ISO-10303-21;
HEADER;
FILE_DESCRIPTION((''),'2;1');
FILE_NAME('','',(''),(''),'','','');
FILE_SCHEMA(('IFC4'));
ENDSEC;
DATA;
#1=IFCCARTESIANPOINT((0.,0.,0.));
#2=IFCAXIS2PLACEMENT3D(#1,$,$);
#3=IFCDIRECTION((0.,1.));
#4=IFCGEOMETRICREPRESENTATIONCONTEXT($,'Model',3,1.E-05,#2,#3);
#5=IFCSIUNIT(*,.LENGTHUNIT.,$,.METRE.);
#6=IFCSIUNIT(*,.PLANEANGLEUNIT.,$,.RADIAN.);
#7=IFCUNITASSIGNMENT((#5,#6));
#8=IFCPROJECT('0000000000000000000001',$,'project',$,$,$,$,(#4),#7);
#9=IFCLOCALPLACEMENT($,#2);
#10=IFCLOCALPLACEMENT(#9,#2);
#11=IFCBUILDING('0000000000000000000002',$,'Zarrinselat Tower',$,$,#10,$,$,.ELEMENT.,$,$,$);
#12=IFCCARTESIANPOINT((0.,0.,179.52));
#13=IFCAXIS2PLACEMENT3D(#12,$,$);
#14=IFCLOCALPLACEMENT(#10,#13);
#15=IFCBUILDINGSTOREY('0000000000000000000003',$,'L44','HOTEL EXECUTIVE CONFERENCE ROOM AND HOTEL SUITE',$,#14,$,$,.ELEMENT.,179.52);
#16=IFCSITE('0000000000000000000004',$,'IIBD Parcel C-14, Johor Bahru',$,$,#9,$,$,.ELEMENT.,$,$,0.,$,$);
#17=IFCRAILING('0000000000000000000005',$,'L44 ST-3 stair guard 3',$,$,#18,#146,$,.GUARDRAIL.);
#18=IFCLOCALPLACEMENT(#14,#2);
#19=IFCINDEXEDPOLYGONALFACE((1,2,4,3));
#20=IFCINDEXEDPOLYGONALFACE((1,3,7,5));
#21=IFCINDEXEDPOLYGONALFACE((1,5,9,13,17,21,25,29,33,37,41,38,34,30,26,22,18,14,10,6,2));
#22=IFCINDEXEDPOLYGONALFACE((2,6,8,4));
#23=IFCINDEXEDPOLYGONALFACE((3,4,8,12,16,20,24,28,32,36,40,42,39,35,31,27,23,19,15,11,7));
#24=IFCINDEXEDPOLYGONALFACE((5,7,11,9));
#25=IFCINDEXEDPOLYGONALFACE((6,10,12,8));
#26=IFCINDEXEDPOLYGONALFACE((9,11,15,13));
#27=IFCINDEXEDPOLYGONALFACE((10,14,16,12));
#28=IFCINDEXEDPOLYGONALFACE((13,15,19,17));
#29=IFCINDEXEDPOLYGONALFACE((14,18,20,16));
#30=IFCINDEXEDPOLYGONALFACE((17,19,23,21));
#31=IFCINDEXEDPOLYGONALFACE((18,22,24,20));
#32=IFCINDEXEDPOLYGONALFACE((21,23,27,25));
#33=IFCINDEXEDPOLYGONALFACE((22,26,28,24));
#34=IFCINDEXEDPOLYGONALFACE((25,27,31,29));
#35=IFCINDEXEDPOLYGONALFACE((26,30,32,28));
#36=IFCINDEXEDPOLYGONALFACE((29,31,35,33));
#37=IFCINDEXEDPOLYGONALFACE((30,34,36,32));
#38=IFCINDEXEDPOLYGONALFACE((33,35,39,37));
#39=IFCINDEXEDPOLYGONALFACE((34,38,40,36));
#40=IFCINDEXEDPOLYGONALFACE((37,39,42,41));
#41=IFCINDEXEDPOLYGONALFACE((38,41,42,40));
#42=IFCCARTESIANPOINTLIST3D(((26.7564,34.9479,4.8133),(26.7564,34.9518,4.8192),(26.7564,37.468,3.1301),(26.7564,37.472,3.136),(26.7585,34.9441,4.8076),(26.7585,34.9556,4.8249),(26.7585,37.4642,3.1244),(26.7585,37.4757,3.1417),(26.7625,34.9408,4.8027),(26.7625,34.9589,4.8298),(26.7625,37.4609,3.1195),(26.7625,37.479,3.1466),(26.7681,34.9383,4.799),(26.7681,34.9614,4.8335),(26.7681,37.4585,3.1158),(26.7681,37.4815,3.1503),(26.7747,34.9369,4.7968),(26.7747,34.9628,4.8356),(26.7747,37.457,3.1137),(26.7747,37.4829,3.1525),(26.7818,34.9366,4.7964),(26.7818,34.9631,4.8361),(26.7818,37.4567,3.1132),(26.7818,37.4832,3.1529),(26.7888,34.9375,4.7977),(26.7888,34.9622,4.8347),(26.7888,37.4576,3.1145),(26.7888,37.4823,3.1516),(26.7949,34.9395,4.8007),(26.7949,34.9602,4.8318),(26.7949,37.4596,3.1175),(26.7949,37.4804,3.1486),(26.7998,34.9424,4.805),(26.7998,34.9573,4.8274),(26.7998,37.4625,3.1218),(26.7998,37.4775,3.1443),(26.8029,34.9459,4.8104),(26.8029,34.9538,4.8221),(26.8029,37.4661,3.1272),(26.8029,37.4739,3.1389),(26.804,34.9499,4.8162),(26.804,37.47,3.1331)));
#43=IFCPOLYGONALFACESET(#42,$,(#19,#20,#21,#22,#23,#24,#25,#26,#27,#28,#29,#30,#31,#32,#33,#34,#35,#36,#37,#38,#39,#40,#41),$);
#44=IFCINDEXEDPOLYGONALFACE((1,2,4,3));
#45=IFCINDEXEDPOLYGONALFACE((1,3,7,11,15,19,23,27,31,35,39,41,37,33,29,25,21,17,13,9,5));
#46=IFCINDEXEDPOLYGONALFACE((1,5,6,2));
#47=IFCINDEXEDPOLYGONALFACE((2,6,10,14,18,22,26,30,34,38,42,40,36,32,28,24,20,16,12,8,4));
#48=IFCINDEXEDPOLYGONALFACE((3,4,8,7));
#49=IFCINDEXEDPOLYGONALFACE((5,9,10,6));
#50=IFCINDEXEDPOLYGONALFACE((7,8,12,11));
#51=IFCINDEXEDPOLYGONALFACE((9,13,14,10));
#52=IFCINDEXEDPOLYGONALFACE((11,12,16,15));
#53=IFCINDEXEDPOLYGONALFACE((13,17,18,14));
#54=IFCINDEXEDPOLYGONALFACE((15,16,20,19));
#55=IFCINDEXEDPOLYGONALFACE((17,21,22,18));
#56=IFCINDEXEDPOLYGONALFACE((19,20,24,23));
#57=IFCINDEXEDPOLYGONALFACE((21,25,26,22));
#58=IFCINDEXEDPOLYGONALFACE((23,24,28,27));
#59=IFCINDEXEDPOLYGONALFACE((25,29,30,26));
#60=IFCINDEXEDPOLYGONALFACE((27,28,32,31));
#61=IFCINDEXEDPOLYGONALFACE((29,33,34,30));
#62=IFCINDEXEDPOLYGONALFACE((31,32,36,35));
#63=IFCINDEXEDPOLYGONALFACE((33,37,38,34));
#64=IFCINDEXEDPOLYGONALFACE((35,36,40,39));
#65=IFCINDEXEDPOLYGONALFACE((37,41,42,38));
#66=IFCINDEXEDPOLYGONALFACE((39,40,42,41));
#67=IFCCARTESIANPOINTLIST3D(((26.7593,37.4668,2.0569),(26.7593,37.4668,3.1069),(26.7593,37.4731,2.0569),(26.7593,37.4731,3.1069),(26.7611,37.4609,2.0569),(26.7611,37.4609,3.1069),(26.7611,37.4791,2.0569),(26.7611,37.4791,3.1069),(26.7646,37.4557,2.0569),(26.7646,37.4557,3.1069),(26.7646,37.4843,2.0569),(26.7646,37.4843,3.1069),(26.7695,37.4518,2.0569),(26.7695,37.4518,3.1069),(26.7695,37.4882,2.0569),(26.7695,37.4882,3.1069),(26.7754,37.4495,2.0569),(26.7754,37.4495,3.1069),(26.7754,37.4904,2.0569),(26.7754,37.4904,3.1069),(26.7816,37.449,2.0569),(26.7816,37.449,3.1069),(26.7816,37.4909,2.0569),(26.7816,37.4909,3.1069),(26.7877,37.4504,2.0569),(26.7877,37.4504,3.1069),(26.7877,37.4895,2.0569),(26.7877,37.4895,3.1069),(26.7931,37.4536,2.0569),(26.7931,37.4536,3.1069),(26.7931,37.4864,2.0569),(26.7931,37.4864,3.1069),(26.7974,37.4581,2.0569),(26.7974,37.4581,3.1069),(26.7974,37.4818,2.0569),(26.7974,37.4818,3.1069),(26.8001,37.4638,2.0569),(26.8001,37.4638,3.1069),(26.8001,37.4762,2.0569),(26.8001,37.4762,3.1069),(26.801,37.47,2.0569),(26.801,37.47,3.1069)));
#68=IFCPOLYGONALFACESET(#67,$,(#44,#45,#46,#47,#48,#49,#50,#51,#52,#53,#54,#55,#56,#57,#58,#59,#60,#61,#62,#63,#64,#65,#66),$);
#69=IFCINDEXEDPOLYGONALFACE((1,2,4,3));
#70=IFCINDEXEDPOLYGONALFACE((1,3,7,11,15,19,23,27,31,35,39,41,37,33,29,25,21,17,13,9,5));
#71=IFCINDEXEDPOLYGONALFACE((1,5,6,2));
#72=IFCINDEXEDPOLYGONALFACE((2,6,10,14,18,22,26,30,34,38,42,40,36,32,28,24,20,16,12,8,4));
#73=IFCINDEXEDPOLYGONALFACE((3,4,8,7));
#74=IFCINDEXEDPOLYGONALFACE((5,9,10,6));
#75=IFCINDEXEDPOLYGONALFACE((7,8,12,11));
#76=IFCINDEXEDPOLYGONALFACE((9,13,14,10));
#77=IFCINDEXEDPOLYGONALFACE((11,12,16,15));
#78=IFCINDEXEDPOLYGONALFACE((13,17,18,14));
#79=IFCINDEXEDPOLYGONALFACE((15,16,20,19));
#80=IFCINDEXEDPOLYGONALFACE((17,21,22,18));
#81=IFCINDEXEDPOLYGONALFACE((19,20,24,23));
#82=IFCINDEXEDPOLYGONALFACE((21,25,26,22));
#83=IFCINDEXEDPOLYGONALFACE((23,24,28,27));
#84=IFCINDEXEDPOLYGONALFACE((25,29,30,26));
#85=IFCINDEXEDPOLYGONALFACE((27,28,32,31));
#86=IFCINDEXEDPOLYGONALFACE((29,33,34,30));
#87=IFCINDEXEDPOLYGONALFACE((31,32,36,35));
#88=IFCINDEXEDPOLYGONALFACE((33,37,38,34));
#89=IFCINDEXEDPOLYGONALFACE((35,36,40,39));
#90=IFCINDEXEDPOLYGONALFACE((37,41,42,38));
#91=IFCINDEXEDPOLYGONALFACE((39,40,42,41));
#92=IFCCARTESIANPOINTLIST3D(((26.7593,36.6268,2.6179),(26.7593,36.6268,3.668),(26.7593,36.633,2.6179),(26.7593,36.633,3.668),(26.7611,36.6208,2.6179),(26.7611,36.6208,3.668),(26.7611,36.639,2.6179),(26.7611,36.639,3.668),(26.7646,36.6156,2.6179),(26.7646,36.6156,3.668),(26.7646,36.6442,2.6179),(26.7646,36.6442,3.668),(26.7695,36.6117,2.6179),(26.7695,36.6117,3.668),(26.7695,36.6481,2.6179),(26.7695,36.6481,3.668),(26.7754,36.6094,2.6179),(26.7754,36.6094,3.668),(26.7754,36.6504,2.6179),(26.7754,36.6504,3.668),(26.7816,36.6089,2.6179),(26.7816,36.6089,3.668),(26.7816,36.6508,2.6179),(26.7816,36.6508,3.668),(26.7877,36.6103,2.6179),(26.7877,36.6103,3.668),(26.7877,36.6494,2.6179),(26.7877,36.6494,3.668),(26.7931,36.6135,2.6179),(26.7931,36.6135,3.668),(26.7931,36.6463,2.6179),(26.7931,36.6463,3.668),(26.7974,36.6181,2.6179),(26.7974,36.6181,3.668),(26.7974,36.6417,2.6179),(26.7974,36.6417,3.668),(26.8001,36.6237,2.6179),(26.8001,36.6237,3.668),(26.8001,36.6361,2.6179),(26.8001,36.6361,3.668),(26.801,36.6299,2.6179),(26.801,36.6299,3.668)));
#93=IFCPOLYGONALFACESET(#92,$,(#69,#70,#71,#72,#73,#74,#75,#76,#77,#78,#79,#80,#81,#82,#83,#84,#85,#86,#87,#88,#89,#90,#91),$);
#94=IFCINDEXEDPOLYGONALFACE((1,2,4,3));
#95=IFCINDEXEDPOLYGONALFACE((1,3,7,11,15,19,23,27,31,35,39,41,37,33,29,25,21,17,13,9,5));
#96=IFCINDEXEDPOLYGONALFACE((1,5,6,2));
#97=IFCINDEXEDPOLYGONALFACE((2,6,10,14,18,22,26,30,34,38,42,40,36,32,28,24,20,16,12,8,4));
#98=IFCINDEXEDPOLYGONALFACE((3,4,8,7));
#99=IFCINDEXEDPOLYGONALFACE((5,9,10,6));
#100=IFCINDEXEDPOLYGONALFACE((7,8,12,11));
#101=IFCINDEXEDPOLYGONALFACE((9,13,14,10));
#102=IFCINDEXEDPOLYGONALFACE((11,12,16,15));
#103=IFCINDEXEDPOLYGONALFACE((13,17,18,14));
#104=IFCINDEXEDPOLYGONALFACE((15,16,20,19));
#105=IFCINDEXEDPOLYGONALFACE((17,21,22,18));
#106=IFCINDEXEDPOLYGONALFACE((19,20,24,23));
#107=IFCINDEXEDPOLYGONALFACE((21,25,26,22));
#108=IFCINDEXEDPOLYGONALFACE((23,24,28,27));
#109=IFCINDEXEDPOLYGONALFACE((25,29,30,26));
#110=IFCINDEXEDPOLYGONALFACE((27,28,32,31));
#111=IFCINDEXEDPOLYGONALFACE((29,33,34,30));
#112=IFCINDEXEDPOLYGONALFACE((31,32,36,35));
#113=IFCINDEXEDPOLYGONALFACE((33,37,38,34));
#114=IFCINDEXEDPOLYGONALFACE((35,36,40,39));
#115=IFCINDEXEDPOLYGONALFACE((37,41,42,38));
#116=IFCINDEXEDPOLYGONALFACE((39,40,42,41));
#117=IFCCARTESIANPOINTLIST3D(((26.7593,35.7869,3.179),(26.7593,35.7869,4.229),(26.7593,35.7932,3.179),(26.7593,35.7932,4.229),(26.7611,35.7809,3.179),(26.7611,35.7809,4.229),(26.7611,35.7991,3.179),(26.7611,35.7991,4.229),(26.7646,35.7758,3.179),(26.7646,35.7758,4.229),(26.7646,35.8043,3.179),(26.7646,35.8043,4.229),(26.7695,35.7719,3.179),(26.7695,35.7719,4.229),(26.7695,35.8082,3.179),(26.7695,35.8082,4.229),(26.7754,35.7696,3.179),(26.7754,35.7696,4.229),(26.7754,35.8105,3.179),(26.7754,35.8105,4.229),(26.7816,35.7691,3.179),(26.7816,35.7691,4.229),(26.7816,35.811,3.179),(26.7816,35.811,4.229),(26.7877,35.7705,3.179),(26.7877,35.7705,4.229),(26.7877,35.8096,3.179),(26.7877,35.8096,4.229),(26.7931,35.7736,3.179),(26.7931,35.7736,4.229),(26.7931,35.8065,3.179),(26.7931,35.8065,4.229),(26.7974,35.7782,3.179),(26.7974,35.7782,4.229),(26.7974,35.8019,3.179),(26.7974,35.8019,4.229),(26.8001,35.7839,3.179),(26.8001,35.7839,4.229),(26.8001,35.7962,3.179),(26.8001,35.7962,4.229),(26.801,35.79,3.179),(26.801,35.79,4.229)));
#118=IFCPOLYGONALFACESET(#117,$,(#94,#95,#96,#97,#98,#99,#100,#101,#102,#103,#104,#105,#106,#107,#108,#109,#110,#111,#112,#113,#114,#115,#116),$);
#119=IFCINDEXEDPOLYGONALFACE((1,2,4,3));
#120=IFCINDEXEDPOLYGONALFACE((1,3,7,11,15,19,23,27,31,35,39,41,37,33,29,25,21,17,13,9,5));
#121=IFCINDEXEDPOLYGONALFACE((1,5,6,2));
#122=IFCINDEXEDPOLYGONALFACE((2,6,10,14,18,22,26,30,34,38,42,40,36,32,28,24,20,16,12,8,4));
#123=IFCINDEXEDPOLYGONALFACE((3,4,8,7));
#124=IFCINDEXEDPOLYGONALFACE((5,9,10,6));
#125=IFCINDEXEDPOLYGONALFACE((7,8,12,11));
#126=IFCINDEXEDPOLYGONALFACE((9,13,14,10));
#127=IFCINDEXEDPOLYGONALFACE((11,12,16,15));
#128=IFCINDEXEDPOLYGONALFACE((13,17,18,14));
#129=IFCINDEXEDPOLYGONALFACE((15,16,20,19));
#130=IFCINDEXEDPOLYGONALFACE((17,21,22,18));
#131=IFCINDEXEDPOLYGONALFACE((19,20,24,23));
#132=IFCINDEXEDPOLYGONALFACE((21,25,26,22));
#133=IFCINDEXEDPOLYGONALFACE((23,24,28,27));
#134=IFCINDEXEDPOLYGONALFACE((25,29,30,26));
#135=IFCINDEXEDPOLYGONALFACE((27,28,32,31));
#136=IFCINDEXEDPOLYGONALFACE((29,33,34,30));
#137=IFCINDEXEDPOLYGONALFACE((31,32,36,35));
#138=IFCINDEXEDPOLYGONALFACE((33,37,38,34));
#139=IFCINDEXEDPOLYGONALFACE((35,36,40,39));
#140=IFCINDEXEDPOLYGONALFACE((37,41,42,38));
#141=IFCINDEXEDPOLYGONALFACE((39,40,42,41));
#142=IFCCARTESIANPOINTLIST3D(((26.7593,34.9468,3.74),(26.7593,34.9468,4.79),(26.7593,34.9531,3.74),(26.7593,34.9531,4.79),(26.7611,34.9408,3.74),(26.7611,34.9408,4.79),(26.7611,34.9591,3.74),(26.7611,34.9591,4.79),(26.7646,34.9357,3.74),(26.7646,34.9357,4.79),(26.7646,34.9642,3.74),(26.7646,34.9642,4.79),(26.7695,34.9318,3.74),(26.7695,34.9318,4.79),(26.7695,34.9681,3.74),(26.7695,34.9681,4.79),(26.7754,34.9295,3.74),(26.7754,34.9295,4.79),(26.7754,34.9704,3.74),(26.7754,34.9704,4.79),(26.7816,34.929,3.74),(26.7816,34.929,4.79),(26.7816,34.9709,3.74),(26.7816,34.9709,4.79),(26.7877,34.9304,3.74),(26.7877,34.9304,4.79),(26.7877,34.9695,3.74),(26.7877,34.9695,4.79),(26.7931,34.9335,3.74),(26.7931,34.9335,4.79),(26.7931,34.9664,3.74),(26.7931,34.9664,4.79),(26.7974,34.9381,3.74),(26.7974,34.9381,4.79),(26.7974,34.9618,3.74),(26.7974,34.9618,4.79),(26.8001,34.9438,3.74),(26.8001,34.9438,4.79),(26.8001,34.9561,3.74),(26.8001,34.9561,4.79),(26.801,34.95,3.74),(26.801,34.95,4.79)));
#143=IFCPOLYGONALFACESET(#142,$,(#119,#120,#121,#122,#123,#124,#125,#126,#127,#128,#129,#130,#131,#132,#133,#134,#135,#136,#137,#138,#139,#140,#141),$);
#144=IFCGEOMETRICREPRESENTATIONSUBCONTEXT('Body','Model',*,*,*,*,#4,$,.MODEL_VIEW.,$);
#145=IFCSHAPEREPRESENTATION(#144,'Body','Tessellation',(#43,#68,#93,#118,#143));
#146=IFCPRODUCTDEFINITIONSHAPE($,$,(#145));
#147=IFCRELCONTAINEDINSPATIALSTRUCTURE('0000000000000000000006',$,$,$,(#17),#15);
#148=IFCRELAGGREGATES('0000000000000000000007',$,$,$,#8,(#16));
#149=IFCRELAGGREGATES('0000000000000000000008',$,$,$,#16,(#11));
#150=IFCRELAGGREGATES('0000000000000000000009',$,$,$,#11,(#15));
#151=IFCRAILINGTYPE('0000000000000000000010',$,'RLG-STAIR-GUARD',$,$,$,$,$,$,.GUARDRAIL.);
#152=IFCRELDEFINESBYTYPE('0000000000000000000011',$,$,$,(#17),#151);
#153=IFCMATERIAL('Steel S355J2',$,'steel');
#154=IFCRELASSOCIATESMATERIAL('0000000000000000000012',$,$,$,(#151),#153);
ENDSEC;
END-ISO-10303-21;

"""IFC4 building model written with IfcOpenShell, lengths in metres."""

from ifc_helpers import new_model, si_unit, direction, frame, origin, origin_2d, place, context, subcontext, project, spatial, circle, extrude, material, type_object, element, save


model = new_model("IFC4")

# Units and contexts
model_context = context("Model", 3, precision=1e-05, world=origin(), true_north=direction((0.0, 1.0)))
body_context = subcontext(model_context, "Body", "Model", "MODEL_VIEW")
ifc_project = project(units=[si_unit("LENGTHUNIT", "METRE"), si_unit("PLANEANGLEUNIT", "RADIAN")], contexts=[model_context])

# Site, building, storey
site_placement = place(None, origin())
site = spatial("IfcSite", under=ifc_project, at=site_placement, Name="IIBD Parcel C-14, Johor Bahru", CompositionType="ELEMENT", RefElevation=0.0)
building_placement = place(site_placement, origin())
building = spatial("IfcBuilding", under=site, at=building_placement, Name="Zarrinselat Tower", CompositionType="ELEMENT")
storey_placement = place(building_placement, frame((0.0, 0.0, 179.52)))
storey = spatial("IfcBuildingStorey", under=building, at=storey_placement, Name="L44", Description="HOTEL EXECUTIVE CONFERENCE ROOM AND HOTEL SUITE", CompositionType="ELEMENT", Elevation=179.52)

# Railing
ifc_material_1 = material(Name="Steel S355J2", Category="steel")
railing_type_1 = type_object("IfcRailingType", Name="RLG-STAIR-GUARD", PredefinedType="GUARDRAIL", material=ifc_material_1)
railing_1_placement = place(storey_placement, frame((26.78, 37.47, 2.0569)))
element("IfcRailing", 1, at=railing_1_placement, inside=storey, type_object=railing_type_1, Name="L44 ST-3 stair guard 3", PredefinedType="GUARDRAIL", context=body_context, shape_type="SweptSolid", body=[
    extrude(circle(Radius=0.0239, at=origin_2d()), frame((0.0, 0.0, 1.0762), z_axis=(0.0, -0.831579, 0.555406), x_axis=(1.0, 0.0, 0.0)), (0.0, 0.0, 1.0), 3.0305),
    extrude(circle(Radius=0.021, at=origin_2d()), origin(), (0.0, 0.0, 1.0), 1.05),
    extrude(circle(Radius=0.021, at=origin_2d()), frame((0.0, -0.8401, 0.561)), (0.0, 0.0, 1.0), 1.05),
    extrude(circle(Radius=0.021, at=origin_2d()), frame((0.0, -1.6799, 1.1221)), (0.0, 0.0, 1.0), 1.05),
    extrude(circle(Radius=0.021, at=origin_2d()), frame((0.0, -2.52, 1.6831)), (0.0, 0.0, 1.0), 1.05),
])

save(model, "model.ifc")
